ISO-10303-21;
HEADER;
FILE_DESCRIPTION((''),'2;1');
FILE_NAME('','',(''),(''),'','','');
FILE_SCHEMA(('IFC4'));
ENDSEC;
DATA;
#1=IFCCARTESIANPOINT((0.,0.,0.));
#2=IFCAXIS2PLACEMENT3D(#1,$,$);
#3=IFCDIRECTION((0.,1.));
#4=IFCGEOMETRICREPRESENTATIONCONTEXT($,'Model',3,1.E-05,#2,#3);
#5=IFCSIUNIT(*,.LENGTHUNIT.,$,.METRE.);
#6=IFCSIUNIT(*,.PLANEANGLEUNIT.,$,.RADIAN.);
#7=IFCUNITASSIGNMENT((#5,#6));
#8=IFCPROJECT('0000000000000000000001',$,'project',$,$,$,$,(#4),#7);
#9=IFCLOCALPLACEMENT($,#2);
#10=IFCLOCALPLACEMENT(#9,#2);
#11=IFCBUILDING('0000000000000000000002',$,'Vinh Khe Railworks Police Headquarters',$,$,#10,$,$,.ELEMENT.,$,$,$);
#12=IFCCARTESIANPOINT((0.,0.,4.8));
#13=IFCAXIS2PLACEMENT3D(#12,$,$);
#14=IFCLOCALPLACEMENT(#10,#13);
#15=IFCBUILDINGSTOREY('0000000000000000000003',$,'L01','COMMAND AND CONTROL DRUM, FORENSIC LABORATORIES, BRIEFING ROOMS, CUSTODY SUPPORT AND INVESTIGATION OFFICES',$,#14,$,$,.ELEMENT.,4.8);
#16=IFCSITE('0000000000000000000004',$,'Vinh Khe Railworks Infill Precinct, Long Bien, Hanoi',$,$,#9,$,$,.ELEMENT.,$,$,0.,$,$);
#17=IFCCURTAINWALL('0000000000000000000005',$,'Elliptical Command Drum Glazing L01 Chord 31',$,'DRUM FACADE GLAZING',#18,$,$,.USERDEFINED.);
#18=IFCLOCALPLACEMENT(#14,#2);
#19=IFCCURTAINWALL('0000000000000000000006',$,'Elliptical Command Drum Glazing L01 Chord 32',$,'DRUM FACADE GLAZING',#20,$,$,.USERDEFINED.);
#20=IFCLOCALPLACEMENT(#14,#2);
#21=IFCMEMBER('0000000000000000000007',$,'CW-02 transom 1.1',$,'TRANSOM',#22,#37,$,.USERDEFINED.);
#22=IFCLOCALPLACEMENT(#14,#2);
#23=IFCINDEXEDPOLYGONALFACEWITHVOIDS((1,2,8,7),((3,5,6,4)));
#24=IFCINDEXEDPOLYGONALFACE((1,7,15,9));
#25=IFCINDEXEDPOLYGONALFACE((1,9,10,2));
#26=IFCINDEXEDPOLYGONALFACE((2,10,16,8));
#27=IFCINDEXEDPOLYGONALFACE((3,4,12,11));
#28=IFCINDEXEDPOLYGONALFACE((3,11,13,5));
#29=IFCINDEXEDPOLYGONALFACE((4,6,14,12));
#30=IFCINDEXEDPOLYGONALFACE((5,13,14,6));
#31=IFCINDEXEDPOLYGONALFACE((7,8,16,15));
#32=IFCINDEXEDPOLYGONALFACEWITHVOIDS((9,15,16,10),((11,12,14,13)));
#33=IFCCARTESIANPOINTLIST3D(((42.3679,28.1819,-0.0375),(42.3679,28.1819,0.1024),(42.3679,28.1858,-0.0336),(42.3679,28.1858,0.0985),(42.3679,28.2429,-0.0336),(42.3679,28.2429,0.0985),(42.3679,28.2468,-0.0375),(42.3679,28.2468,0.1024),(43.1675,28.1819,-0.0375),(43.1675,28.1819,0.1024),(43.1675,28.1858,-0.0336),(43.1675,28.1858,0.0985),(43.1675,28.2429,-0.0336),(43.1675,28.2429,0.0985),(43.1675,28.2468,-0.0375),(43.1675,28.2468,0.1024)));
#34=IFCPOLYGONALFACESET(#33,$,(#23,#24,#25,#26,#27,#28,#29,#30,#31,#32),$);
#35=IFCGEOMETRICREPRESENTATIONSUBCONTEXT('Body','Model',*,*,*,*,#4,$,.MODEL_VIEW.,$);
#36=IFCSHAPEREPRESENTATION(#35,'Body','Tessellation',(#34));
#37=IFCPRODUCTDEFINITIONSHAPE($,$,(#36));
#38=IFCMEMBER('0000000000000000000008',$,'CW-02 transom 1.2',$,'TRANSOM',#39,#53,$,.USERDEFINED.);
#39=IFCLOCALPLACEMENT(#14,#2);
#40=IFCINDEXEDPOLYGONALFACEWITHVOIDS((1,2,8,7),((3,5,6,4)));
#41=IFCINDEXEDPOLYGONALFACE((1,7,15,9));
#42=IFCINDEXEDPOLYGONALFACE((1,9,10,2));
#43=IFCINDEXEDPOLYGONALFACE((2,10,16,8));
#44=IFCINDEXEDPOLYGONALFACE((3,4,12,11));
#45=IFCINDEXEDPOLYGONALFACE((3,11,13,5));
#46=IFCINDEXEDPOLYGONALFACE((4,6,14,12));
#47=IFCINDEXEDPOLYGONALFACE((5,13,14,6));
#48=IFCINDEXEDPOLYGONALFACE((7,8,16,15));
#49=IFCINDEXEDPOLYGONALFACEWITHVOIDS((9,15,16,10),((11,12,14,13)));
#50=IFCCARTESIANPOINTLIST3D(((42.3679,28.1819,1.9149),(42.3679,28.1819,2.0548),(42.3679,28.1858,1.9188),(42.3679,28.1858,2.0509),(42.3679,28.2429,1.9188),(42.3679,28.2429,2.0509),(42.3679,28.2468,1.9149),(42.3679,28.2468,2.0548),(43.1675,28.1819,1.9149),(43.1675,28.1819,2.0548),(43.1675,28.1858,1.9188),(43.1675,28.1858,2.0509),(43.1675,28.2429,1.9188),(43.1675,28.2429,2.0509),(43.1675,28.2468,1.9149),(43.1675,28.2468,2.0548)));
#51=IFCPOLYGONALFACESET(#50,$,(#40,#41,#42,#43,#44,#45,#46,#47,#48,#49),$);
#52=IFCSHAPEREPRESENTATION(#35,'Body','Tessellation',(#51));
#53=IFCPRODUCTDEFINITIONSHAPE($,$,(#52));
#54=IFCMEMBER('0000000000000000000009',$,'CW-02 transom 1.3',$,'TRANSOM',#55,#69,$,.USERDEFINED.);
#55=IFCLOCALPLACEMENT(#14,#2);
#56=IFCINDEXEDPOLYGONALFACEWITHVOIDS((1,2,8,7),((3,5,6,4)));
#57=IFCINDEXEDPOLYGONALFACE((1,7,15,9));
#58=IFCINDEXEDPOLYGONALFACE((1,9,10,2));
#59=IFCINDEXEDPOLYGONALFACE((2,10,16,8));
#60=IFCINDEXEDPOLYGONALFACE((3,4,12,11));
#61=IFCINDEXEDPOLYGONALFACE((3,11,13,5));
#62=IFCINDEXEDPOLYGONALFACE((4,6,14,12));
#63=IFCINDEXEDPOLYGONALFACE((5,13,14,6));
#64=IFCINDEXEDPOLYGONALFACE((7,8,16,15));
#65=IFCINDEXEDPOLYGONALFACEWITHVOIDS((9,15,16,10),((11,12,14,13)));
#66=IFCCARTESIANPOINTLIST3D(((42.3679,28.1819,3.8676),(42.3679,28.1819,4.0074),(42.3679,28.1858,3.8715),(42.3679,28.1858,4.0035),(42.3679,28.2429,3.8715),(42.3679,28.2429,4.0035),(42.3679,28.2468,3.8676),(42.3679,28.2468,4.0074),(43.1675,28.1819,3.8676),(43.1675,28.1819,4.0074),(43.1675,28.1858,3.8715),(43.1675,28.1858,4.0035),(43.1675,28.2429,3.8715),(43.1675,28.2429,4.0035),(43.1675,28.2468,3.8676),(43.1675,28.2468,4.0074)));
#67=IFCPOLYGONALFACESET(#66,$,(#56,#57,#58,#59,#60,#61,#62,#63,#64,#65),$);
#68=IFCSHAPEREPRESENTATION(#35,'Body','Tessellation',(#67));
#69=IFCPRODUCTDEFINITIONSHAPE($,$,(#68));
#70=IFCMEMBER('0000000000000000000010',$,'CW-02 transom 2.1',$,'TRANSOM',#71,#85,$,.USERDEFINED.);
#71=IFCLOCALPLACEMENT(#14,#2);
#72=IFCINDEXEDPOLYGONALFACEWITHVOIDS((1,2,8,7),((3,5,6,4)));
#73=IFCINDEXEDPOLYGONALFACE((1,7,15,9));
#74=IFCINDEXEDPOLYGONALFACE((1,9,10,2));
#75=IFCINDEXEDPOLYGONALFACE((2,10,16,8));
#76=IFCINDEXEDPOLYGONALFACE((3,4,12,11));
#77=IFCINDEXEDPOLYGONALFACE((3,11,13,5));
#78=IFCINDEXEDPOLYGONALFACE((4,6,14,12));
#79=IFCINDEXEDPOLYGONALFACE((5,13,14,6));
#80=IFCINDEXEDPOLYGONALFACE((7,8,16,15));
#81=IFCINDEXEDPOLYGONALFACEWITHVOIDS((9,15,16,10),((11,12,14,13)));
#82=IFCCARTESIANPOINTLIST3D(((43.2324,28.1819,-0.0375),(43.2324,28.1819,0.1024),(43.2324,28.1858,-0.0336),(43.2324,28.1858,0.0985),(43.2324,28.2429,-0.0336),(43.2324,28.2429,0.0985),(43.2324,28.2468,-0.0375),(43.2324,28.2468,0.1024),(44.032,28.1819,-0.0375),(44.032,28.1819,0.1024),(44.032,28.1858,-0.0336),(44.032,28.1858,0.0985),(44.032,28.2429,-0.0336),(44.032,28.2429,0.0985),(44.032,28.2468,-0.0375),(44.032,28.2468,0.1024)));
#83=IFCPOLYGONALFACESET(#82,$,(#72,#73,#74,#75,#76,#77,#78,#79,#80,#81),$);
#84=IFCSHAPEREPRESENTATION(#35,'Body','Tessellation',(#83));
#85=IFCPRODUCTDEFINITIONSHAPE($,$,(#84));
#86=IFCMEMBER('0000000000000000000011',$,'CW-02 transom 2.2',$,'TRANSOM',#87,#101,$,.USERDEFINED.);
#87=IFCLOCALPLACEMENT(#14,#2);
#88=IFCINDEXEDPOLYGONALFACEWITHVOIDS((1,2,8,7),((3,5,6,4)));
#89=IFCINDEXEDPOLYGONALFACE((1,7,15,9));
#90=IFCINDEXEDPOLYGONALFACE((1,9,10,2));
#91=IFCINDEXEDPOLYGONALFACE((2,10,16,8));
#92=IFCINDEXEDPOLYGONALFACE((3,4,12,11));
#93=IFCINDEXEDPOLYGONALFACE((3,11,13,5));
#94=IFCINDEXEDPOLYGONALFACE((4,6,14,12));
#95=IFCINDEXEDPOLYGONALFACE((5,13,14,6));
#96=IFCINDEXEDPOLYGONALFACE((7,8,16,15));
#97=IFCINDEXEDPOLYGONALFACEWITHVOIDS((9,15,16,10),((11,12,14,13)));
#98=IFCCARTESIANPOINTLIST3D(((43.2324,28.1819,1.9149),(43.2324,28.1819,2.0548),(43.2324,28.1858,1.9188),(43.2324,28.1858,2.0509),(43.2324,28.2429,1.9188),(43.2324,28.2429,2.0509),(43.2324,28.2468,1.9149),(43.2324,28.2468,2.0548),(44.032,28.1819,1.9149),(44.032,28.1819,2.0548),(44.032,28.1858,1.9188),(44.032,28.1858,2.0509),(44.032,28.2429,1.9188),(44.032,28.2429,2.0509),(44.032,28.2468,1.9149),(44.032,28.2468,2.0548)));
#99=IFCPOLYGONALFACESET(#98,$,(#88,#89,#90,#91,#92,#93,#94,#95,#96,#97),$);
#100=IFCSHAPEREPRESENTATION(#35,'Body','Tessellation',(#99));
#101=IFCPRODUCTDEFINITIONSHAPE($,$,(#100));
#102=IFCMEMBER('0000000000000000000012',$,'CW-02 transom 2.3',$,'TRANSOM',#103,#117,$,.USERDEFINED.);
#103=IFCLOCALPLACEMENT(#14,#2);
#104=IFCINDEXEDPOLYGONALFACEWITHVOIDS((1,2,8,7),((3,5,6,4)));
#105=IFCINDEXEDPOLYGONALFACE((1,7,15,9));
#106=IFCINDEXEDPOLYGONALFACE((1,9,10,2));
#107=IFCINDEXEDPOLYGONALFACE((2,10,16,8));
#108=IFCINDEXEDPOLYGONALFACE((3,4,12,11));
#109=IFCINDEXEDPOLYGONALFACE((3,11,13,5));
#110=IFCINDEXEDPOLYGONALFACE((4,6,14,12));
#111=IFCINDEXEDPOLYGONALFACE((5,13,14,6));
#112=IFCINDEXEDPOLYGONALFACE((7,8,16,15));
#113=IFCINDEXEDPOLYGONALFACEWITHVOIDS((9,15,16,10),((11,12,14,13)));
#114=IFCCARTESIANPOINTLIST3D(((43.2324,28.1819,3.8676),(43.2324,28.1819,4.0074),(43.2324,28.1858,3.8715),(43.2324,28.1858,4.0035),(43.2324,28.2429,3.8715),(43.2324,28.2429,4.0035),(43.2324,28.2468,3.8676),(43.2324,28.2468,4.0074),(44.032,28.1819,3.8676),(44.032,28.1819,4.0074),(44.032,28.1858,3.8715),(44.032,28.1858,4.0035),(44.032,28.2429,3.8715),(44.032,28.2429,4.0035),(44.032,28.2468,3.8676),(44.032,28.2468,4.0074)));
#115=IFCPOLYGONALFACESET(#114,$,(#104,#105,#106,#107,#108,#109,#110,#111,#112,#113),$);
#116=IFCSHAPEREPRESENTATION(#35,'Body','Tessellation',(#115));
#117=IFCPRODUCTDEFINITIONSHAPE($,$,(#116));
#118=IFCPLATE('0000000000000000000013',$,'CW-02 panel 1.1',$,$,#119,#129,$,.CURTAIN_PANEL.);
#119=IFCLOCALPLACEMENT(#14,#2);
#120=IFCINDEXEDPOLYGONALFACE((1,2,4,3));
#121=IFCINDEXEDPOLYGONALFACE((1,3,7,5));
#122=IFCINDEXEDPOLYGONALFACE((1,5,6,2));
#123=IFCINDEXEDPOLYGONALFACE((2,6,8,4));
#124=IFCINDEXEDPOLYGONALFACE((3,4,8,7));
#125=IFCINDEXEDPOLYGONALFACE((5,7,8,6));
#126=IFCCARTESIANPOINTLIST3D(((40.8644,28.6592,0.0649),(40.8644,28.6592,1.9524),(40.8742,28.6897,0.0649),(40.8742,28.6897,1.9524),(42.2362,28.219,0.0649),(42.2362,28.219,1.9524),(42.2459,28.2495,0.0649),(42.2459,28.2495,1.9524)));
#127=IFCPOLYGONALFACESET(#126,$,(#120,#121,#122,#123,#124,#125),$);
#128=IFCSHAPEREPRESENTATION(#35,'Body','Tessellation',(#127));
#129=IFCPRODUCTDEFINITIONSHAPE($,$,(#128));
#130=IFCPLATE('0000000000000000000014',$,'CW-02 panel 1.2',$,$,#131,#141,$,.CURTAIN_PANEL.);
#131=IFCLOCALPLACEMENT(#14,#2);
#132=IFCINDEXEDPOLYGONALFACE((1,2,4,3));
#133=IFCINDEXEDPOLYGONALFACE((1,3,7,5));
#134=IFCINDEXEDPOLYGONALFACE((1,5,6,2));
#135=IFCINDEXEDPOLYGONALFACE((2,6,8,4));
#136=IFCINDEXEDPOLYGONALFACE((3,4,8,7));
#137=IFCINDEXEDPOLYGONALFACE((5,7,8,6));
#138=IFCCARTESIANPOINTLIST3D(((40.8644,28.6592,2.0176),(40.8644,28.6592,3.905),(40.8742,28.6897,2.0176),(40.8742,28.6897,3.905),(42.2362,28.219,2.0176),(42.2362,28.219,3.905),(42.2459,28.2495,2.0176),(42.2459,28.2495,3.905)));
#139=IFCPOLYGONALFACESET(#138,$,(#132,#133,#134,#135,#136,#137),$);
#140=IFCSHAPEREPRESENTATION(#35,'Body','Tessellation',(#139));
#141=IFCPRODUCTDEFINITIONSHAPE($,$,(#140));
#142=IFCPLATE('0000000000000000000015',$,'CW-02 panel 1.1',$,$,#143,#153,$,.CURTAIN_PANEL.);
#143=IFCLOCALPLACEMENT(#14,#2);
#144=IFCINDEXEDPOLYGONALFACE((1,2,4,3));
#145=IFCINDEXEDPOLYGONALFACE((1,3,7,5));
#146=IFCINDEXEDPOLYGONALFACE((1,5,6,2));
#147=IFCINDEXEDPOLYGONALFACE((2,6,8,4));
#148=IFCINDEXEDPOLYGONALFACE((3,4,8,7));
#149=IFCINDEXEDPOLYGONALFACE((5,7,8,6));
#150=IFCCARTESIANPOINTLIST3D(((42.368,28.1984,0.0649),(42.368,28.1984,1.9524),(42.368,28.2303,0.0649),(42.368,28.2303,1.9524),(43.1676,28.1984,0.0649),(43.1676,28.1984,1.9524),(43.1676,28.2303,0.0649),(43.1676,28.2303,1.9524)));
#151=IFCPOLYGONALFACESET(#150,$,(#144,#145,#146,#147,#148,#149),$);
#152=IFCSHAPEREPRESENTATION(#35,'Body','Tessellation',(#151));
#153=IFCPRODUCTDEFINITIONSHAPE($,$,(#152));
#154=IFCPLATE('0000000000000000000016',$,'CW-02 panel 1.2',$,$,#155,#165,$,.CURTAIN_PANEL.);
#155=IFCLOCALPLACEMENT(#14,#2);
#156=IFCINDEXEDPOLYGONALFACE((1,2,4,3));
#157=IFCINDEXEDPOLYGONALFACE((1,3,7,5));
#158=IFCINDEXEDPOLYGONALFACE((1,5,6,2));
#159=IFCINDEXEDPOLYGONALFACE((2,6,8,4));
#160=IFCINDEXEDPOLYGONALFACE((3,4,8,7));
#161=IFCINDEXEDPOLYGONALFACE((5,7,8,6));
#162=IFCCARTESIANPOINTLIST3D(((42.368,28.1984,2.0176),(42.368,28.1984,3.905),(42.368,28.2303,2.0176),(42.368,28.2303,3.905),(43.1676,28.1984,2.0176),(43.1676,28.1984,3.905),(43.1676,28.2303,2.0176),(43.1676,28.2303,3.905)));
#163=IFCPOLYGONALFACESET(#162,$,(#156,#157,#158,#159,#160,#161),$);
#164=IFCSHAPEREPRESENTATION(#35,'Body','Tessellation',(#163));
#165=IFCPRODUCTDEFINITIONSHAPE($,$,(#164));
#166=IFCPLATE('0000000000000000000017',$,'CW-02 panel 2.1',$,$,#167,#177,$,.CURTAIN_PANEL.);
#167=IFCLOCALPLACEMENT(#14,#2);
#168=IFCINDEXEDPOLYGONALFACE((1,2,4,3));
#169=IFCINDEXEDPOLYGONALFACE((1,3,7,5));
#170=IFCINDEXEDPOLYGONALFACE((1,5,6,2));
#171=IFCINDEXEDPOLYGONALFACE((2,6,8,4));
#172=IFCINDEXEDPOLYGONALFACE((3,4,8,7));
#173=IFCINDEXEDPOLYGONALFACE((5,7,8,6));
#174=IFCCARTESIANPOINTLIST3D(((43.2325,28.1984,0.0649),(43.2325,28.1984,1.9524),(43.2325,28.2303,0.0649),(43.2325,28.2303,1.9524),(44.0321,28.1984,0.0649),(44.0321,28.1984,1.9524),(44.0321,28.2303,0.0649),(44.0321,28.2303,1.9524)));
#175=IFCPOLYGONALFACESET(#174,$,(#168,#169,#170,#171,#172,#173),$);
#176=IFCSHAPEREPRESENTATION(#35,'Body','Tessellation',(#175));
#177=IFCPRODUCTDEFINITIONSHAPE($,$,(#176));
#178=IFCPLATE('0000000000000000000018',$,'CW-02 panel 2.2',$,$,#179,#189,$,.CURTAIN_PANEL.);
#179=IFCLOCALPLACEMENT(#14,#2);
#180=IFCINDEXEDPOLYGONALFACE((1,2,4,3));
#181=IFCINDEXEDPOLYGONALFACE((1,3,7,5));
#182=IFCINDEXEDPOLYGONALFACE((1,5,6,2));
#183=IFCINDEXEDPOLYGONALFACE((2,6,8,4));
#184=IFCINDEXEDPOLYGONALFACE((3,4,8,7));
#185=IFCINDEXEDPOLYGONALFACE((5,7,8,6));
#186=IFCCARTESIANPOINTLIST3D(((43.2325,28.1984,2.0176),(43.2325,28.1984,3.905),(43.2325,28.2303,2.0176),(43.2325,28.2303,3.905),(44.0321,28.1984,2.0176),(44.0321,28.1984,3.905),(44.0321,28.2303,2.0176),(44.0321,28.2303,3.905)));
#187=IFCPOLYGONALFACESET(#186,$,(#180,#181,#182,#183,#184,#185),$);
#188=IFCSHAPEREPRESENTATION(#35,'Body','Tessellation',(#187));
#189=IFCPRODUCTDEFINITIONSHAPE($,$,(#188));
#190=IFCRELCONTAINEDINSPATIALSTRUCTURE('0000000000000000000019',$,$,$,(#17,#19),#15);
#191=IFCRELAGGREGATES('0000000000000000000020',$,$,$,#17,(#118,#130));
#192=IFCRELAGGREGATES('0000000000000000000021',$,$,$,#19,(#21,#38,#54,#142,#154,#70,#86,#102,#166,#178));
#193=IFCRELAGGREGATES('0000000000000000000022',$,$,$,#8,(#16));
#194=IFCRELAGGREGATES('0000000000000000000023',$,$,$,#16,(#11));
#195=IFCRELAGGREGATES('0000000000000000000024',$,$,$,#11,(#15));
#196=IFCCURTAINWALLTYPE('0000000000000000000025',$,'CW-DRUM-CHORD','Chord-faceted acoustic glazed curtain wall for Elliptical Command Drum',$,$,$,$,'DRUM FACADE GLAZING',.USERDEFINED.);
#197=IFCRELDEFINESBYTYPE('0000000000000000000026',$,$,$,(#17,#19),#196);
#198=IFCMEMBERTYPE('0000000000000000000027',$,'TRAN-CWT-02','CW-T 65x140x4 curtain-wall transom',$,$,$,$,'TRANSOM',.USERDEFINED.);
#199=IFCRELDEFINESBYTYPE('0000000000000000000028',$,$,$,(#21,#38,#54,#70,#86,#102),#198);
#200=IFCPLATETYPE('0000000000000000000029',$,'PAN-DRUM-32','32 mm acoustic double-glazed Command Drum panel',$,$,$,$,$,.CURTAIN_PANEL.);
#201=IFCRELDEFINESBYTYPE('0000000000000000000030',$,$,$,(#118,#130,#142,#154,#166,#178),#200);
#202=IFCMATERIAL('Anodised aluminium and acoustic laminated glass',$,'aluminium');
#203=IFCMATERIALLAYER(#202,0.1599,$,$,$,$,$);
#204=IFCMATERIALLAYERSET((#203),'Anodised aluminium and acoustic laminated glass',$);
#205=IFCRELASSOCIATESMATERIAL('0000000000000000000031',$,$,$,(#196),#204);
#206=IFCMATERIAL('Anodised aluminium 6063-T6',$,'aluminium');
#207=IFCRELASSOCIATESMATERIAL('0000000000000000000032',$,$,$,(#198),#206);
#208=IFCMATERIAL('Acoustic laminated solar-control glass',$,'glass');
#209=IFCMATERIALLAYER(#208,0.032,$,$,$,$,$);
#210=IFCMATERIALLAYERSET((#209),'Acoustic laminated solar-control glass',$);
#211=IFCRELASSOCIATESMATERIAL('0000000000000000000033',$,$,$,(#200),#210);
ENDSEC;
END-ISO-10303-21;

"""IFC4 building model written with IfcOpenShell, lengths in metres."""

from ifc_helpers import new_model, si_unit, direction, frame, origin, origin_2d, place, context, subcontext, project, spatial, rectangle, hollow_rectangle, extrude, material, layer, layer_set, material_profile, profile_set, type_object, element, aggregate, save


model = new_model("IFC4")

# Units and contexts
model_context = context("Model", 3, precision=1e-05, world=origin(), true_north=direction((0.0, 1.0)))
body_context = subcontext(model_context, "Body", "Model", "MODEL_VIEW")
ifc_project = project(units=[si_unit("LENGTHUNIT", "METRE"), si_unit("PLANEANGLEUNIT", "RADIAN")], contexts=[model_context])

# Site, building, storey
site_placement = place(None, origin())
site = spatial("IfcSite", under=ifc_project, at=site_placement, Name="Vinh Khe Railworks Infill Precinct, Long Bien, Hanoi", CompositionType="ELEMENT", RefElevation=0.0)
building_placement = place(site_placement, origin())
building = spatial("IfcBuilding", under=site, at=building_placement, Name="Vinh Khe Railworks Police Headquarters", CompositionType="ELEMENT")
storey_placement = place(building_placement, frame((0.0, 0.0, 4.8)))
storey = spatial("IfcBuildingStorey", under=building, at=storey_placement, Name="L01", Description="COMMAND AND CONTROL DRUM, FORENSIC LABORATORIES, BRIEFING ROOMS, CUSTODY SUPPORT AND INVESTIGATION OFFICES", CompositionType="ELEMENT", Elevation=4.8)

# Curtain walls
ifc_material_1 = material(Name="Anodised aluminium and acoustic laminated glass", Category="aluminium")
ifc_layer_1 = layer(ifc_material_1, 0.1599)
ifc_layer_set_1 = layer_set([ifc_layer_1], Name="Anodised aluminium and acoustic laminated glass")
curtain_wall_type = type_object("IfcCurtainWallType", Name="CW-DRUM-CHORD", Description="Chord-faceted acoustic glazed curtain wall for Elliptical Command Drum", ElementType="DRUM FACADE GLAZING", PredefinedType="USERDEFINED", material=ifc_layer_set_1)
curtain_wall_1_placement = place(storey_placement, origin())
curtain_wall_1 = element("IfcCurtainWall", 1, at=curtain_wall_1_placement, inside=storey, type_object=curtain_wall_type, Name="Elliptical Command Drum Glazing L01 Chord 31", ObjectType="DRUM FACADE GLAZING", PredefinedType="USERDEFINED")
ifc_material_2 = material(Name="Anodised aluminium 6063-T6", Category="aluminium")
curtain_wall_2_placement = place(storey_placement, origin())
curtain_wall_2 = element("IfcCurtainWall", 2, at=curtain_wall_2_placement, inside=storey, type_object=curtain_wall_type, Name="Elliptical Command Drum Glazing L01 Chord 32", ObjectType="DRUM FACADE GLAZING", PredefinedType="USERDEFINED")

# Members
ifc_material_profile_1 = material_profile(ifc_material_2, hollow_rectangle(XDim=0.0649, YDim=0.1399, WallThickness=0.0039, at=origin_2d()), Name="CW-T 65x140x4")
ifc_profile_set_1 = profile_set([ifc_material_profile_1], Name="Anodised aluminium 6063-T6")
member_type_1 = type_object("IfcMemberType", Name="TRAN-CWT-02", Description="CW-T 65x140x4 curtain-wall transom", ElementType="TRANSOM", PredefinedType="USERDEFINED", material=ifc_profile_set_1)
member_1_placement = place(storey_placement, frame((42.3679, 28.2144, 0.0325), z_axis=(1.0, 0.0, 0.0), x_axis=(0.0, 1.0, 0.0)))
member_1 = element("IfcMember", 3, at=member_1_placement, type_object=member_type_1, Name="CW-02 transom 1.1", ObjectType="TRANSOM", PredefinedType="USERDEFINED", context=body_context, shape_type="SweptSolid", body=[
    extrude(hollow_rectangle(XDim=0.0649, YDim=0.1399, WallThickness=0.0039, at=origin_2d()), origin(), (0.0, 0.0, 1.0), 0.7996),
])
member_2_placement = place(storey_placement, frame((42.3679, 28.2144, 1.9849), z_axis=(1.0, 0.0, 0.0), x_axis=(0.0, 1.0, 0.0)))
member_2 = element("IfcMember", 4, at=member_2_placement, type_object=member_type_1, Name="CW-02 transom 1.2", ObjectType="TRANSOM", PredefinedType="USERDEFINED", context=body_context, shape_type="SweptSolid", body=[
    extrude(hollow_rectangle(XDim=0.0649, YDim=0.1399, WallThickness=0.0039, at=origin_2d()), origin(), (0.0, 0.0, 1.0), 0.7996),
])
member_3_placement = place(storey_placement, frame((42.3679, 28.2144, 3.9375), z_axis=(1.0, 0.0, 0.0), x_axis=(0.0, 1.0, 0.0)))
member_3 = element("IfcMember", 5, at=member_3_placement, type_object=member_type_1, Name="CW-02 transom 1.3", ObjectType="TRANSOM", PredefinedType="USERDEFINED", context=body_context, shape_type="SweptSolid", body=[
    extrude(hollow_rectangle(XDim=0.0649, YDim=0.1399, WallThickness=0.0039, at=origin_2d()), origin(), (0.0, 0.0, 1.0), 0.7996),
])
member_4_placement = place(storey_placement, frame((43.2324, 28.2144, 0.0325), z_axis=(1.0, 0.0, 0.0), x_axis=(0.0, 1.0, 0.0)))
member_4 = element("IfcMember", 6, at=member_4_placement, type_object=member_type_1, Name="CW-02 transom 2.1", ObjectType="TRANSOM", PredefinedType="USERDEFINED", context=body_context, shape_type="SweptSolid", body=[
    extrude(hollow_rectangle(XDim=0.0649, YDim=0.1399, WallThickness=0.0039, at=origin_2d()), origin(), (0.0, 0.0, 1.0), 0.7996),
])
member_5_placement = place(storey_placement, frame((43.2324, 28.2144, 1.9849), z_axis=(1.0, 0.0, 0.0), x_axis=(0.0, 1.0, 0.0)))
member_5 = element("IfcMember", 7, at=member_5_placement, type_object=member_type_1, Name="CW-02 transom 2.2", ObjectType="TRANSOM", PredefinedType="USERDEFINED", context=body_context, shape_type="SweptSolid", body=[
    extrude(hollow_rectangle(XDim=0.0649, YDim=0.1399, WallThickness=0.0039, at=origin_2d()), origin(), (0.0, 0.0, 1.0), 0.7996),
])
member_6_placement = place(storey_placement, frame((43.2324, 28.2144, 3.9375), z_axis=(1.0, 0.0, 0.0), x_axis=(0.0, 1.0, 0.0)))
member_6 = element("IfcMember", 8, at=member_6_placement, type_object=member_type_1, Name="CW-02 transom 2.3", ObjectType="TRANSOM", PredefinedType="USERDEFINED", context=body_context, shape_type="SweptSolid", body=[
    extrude(hollow_rectangle(XDim=0.0649, YDim=0.1399, WallThickness=0.0039, at=origin_2d()), origin(), (0.0, 0.0, 1.0), 0.7996),
])

# Plates
ifc_material_3 = material(Name="Acoustic laminated solar-control glass", Category="glass")
ifc_layer_2 = layer(ifc_material_3, 0.032)
ifc_layer_set_2 = layer_set([ifc_layer_2], Name="Acoustic laminated solar-control glass")
plate_type = type_object("IfcPlateType", Name="PAN-DRUM-32", Description="32 mm acoustic double-glazed Command Drum panel", PredefinedType="CURTAIN_PANEL", material=ifc_layer_set_2)
plate_1_placement = place(storey_placement, frame((41.5552, 28.4543, 0.0649), z_axis=(0.0, 0.0, 1.0), x_axis=(0.952168, -0.305575, 0.0)))
plate_1 = element("IfcPlate", 9, at=plate_1_placement, type_object=plate_type, Name="CW-02 panel 1.1", PredefinedType="CURTAIN_PANEL", context=body_context, shape_type="SweptSolid", body=[
    extrude(rectangle(XDim=1.4407, YDim=0.032, at=origin_2d()), origin(), (0.0, 0.0, 1.0), 1.8875),
])
plate_2_placement = place(storey_placement, frame((41.5552, 28.4543, 2.0176), z_axis=(0.0, 0.0, 1.0), x_axis=(0.952168, -0.305575, 0.0)))
plate_2 = element("IfcPlate", 10, at=plate_2_placement, type_object=plate_type, Name="CW-02 panel 1.2", PredefinedType="CURTAIN_PANEL", context=body_context, shape_type="SweptSolid", body=[
    extrude(rectangle(XDim=1.4407, YDim=0.032, at=origin_2d()), origin(), (0.0, 0.0, 1.0), 1.8875),
])
aggregate(curtain_wall_1, [plate_1, plate_2])
plate_3_placement = place(storey_placement, frame((42.7678, 28.2144, 0.0649), z_axis=(0.0, 0.0, 1.0), x_axis=(1.0, 0.0, 0.0)))
plate_3 = element("IfcPlate", 11, at=plate_3_placement, type_object=plate_type, Name="CW-02 panel 1.1", PredefinedType="CURTAIN_PANEL", context=body_context, shape_type="SweptSolid", body=[
    extrude(rectangle(XDim=0.7996, YDim=0.032, at=origin_2d()), origin(), (0.0, 0.0, 1.0), 1.8875),
])
plate_4_placement = place(storey_placement, frame((42.7678, 28.2144, 2.0176), z_axis=(0.0, 0.0, 1.0), x_axis=(1.0, 0.0, 0.0)))
plate_4 = element("IfcPlate", 12, at=plate_4_placement, type_object=plate_type, Name="CW-02 panel 1.2", PredefinedType="CURTAIN_PANEL", context=body_context, shape_type="SweptSolid", body=[
    extrude(rectangle(XDim=0.7996, YDim=0.032, at=origin_2d()), origin(), (0.0, 0.0, 1.0), 1.8875),
])
plate_5_placement = place(storey_placement, frame((43.6323, 28.2144, 0.0649), z_axis=(0.0, 0.0, 1.0), x_axis=(1.0, 0.0, 0.0)))
plate_5 = element("IfcPlate", 13, at=plate_5_placement, type_object=plate_type, Name="CW-02 panel 2.1", PredefinedType="CURTAIN_PANEL", context=body_context, shape_type="SweptSolid", body=[
    extrude(rectangle(XDim=0.7996, YDim=0.032, at=origin_2d()), origin(), (0.0, 0.0, 1.0), 1.8875),
])
plate_6_placement = place(storey_placement, frame((43.6323, 28.2144, 2.0176), z_axis=(0.0, 0.0, 1.0), x_axis=(1.0, 0.0, 0.0)))
plate_6 = element("IfcPlate", 14, at=plate_6_placement, type_object=plate_type, Name="CW-02 panel 2.2", PredefinedType="CURTAIN_PANEL", context=body_context, shape_type="SweptSolid", body=[
    extrude(rectangle(XDim=0.7996, YDim=0.032, at=origin_2d()), origin(), (0.0, 0.0, 1.0), 1.8875),
])
aggregate(curtain_wall_2, [member_1, member_2, member_3, plate_3, plate_4, member_4, member_5, member_6, plate_5, plate_6])

save(model, "model.ifc")
